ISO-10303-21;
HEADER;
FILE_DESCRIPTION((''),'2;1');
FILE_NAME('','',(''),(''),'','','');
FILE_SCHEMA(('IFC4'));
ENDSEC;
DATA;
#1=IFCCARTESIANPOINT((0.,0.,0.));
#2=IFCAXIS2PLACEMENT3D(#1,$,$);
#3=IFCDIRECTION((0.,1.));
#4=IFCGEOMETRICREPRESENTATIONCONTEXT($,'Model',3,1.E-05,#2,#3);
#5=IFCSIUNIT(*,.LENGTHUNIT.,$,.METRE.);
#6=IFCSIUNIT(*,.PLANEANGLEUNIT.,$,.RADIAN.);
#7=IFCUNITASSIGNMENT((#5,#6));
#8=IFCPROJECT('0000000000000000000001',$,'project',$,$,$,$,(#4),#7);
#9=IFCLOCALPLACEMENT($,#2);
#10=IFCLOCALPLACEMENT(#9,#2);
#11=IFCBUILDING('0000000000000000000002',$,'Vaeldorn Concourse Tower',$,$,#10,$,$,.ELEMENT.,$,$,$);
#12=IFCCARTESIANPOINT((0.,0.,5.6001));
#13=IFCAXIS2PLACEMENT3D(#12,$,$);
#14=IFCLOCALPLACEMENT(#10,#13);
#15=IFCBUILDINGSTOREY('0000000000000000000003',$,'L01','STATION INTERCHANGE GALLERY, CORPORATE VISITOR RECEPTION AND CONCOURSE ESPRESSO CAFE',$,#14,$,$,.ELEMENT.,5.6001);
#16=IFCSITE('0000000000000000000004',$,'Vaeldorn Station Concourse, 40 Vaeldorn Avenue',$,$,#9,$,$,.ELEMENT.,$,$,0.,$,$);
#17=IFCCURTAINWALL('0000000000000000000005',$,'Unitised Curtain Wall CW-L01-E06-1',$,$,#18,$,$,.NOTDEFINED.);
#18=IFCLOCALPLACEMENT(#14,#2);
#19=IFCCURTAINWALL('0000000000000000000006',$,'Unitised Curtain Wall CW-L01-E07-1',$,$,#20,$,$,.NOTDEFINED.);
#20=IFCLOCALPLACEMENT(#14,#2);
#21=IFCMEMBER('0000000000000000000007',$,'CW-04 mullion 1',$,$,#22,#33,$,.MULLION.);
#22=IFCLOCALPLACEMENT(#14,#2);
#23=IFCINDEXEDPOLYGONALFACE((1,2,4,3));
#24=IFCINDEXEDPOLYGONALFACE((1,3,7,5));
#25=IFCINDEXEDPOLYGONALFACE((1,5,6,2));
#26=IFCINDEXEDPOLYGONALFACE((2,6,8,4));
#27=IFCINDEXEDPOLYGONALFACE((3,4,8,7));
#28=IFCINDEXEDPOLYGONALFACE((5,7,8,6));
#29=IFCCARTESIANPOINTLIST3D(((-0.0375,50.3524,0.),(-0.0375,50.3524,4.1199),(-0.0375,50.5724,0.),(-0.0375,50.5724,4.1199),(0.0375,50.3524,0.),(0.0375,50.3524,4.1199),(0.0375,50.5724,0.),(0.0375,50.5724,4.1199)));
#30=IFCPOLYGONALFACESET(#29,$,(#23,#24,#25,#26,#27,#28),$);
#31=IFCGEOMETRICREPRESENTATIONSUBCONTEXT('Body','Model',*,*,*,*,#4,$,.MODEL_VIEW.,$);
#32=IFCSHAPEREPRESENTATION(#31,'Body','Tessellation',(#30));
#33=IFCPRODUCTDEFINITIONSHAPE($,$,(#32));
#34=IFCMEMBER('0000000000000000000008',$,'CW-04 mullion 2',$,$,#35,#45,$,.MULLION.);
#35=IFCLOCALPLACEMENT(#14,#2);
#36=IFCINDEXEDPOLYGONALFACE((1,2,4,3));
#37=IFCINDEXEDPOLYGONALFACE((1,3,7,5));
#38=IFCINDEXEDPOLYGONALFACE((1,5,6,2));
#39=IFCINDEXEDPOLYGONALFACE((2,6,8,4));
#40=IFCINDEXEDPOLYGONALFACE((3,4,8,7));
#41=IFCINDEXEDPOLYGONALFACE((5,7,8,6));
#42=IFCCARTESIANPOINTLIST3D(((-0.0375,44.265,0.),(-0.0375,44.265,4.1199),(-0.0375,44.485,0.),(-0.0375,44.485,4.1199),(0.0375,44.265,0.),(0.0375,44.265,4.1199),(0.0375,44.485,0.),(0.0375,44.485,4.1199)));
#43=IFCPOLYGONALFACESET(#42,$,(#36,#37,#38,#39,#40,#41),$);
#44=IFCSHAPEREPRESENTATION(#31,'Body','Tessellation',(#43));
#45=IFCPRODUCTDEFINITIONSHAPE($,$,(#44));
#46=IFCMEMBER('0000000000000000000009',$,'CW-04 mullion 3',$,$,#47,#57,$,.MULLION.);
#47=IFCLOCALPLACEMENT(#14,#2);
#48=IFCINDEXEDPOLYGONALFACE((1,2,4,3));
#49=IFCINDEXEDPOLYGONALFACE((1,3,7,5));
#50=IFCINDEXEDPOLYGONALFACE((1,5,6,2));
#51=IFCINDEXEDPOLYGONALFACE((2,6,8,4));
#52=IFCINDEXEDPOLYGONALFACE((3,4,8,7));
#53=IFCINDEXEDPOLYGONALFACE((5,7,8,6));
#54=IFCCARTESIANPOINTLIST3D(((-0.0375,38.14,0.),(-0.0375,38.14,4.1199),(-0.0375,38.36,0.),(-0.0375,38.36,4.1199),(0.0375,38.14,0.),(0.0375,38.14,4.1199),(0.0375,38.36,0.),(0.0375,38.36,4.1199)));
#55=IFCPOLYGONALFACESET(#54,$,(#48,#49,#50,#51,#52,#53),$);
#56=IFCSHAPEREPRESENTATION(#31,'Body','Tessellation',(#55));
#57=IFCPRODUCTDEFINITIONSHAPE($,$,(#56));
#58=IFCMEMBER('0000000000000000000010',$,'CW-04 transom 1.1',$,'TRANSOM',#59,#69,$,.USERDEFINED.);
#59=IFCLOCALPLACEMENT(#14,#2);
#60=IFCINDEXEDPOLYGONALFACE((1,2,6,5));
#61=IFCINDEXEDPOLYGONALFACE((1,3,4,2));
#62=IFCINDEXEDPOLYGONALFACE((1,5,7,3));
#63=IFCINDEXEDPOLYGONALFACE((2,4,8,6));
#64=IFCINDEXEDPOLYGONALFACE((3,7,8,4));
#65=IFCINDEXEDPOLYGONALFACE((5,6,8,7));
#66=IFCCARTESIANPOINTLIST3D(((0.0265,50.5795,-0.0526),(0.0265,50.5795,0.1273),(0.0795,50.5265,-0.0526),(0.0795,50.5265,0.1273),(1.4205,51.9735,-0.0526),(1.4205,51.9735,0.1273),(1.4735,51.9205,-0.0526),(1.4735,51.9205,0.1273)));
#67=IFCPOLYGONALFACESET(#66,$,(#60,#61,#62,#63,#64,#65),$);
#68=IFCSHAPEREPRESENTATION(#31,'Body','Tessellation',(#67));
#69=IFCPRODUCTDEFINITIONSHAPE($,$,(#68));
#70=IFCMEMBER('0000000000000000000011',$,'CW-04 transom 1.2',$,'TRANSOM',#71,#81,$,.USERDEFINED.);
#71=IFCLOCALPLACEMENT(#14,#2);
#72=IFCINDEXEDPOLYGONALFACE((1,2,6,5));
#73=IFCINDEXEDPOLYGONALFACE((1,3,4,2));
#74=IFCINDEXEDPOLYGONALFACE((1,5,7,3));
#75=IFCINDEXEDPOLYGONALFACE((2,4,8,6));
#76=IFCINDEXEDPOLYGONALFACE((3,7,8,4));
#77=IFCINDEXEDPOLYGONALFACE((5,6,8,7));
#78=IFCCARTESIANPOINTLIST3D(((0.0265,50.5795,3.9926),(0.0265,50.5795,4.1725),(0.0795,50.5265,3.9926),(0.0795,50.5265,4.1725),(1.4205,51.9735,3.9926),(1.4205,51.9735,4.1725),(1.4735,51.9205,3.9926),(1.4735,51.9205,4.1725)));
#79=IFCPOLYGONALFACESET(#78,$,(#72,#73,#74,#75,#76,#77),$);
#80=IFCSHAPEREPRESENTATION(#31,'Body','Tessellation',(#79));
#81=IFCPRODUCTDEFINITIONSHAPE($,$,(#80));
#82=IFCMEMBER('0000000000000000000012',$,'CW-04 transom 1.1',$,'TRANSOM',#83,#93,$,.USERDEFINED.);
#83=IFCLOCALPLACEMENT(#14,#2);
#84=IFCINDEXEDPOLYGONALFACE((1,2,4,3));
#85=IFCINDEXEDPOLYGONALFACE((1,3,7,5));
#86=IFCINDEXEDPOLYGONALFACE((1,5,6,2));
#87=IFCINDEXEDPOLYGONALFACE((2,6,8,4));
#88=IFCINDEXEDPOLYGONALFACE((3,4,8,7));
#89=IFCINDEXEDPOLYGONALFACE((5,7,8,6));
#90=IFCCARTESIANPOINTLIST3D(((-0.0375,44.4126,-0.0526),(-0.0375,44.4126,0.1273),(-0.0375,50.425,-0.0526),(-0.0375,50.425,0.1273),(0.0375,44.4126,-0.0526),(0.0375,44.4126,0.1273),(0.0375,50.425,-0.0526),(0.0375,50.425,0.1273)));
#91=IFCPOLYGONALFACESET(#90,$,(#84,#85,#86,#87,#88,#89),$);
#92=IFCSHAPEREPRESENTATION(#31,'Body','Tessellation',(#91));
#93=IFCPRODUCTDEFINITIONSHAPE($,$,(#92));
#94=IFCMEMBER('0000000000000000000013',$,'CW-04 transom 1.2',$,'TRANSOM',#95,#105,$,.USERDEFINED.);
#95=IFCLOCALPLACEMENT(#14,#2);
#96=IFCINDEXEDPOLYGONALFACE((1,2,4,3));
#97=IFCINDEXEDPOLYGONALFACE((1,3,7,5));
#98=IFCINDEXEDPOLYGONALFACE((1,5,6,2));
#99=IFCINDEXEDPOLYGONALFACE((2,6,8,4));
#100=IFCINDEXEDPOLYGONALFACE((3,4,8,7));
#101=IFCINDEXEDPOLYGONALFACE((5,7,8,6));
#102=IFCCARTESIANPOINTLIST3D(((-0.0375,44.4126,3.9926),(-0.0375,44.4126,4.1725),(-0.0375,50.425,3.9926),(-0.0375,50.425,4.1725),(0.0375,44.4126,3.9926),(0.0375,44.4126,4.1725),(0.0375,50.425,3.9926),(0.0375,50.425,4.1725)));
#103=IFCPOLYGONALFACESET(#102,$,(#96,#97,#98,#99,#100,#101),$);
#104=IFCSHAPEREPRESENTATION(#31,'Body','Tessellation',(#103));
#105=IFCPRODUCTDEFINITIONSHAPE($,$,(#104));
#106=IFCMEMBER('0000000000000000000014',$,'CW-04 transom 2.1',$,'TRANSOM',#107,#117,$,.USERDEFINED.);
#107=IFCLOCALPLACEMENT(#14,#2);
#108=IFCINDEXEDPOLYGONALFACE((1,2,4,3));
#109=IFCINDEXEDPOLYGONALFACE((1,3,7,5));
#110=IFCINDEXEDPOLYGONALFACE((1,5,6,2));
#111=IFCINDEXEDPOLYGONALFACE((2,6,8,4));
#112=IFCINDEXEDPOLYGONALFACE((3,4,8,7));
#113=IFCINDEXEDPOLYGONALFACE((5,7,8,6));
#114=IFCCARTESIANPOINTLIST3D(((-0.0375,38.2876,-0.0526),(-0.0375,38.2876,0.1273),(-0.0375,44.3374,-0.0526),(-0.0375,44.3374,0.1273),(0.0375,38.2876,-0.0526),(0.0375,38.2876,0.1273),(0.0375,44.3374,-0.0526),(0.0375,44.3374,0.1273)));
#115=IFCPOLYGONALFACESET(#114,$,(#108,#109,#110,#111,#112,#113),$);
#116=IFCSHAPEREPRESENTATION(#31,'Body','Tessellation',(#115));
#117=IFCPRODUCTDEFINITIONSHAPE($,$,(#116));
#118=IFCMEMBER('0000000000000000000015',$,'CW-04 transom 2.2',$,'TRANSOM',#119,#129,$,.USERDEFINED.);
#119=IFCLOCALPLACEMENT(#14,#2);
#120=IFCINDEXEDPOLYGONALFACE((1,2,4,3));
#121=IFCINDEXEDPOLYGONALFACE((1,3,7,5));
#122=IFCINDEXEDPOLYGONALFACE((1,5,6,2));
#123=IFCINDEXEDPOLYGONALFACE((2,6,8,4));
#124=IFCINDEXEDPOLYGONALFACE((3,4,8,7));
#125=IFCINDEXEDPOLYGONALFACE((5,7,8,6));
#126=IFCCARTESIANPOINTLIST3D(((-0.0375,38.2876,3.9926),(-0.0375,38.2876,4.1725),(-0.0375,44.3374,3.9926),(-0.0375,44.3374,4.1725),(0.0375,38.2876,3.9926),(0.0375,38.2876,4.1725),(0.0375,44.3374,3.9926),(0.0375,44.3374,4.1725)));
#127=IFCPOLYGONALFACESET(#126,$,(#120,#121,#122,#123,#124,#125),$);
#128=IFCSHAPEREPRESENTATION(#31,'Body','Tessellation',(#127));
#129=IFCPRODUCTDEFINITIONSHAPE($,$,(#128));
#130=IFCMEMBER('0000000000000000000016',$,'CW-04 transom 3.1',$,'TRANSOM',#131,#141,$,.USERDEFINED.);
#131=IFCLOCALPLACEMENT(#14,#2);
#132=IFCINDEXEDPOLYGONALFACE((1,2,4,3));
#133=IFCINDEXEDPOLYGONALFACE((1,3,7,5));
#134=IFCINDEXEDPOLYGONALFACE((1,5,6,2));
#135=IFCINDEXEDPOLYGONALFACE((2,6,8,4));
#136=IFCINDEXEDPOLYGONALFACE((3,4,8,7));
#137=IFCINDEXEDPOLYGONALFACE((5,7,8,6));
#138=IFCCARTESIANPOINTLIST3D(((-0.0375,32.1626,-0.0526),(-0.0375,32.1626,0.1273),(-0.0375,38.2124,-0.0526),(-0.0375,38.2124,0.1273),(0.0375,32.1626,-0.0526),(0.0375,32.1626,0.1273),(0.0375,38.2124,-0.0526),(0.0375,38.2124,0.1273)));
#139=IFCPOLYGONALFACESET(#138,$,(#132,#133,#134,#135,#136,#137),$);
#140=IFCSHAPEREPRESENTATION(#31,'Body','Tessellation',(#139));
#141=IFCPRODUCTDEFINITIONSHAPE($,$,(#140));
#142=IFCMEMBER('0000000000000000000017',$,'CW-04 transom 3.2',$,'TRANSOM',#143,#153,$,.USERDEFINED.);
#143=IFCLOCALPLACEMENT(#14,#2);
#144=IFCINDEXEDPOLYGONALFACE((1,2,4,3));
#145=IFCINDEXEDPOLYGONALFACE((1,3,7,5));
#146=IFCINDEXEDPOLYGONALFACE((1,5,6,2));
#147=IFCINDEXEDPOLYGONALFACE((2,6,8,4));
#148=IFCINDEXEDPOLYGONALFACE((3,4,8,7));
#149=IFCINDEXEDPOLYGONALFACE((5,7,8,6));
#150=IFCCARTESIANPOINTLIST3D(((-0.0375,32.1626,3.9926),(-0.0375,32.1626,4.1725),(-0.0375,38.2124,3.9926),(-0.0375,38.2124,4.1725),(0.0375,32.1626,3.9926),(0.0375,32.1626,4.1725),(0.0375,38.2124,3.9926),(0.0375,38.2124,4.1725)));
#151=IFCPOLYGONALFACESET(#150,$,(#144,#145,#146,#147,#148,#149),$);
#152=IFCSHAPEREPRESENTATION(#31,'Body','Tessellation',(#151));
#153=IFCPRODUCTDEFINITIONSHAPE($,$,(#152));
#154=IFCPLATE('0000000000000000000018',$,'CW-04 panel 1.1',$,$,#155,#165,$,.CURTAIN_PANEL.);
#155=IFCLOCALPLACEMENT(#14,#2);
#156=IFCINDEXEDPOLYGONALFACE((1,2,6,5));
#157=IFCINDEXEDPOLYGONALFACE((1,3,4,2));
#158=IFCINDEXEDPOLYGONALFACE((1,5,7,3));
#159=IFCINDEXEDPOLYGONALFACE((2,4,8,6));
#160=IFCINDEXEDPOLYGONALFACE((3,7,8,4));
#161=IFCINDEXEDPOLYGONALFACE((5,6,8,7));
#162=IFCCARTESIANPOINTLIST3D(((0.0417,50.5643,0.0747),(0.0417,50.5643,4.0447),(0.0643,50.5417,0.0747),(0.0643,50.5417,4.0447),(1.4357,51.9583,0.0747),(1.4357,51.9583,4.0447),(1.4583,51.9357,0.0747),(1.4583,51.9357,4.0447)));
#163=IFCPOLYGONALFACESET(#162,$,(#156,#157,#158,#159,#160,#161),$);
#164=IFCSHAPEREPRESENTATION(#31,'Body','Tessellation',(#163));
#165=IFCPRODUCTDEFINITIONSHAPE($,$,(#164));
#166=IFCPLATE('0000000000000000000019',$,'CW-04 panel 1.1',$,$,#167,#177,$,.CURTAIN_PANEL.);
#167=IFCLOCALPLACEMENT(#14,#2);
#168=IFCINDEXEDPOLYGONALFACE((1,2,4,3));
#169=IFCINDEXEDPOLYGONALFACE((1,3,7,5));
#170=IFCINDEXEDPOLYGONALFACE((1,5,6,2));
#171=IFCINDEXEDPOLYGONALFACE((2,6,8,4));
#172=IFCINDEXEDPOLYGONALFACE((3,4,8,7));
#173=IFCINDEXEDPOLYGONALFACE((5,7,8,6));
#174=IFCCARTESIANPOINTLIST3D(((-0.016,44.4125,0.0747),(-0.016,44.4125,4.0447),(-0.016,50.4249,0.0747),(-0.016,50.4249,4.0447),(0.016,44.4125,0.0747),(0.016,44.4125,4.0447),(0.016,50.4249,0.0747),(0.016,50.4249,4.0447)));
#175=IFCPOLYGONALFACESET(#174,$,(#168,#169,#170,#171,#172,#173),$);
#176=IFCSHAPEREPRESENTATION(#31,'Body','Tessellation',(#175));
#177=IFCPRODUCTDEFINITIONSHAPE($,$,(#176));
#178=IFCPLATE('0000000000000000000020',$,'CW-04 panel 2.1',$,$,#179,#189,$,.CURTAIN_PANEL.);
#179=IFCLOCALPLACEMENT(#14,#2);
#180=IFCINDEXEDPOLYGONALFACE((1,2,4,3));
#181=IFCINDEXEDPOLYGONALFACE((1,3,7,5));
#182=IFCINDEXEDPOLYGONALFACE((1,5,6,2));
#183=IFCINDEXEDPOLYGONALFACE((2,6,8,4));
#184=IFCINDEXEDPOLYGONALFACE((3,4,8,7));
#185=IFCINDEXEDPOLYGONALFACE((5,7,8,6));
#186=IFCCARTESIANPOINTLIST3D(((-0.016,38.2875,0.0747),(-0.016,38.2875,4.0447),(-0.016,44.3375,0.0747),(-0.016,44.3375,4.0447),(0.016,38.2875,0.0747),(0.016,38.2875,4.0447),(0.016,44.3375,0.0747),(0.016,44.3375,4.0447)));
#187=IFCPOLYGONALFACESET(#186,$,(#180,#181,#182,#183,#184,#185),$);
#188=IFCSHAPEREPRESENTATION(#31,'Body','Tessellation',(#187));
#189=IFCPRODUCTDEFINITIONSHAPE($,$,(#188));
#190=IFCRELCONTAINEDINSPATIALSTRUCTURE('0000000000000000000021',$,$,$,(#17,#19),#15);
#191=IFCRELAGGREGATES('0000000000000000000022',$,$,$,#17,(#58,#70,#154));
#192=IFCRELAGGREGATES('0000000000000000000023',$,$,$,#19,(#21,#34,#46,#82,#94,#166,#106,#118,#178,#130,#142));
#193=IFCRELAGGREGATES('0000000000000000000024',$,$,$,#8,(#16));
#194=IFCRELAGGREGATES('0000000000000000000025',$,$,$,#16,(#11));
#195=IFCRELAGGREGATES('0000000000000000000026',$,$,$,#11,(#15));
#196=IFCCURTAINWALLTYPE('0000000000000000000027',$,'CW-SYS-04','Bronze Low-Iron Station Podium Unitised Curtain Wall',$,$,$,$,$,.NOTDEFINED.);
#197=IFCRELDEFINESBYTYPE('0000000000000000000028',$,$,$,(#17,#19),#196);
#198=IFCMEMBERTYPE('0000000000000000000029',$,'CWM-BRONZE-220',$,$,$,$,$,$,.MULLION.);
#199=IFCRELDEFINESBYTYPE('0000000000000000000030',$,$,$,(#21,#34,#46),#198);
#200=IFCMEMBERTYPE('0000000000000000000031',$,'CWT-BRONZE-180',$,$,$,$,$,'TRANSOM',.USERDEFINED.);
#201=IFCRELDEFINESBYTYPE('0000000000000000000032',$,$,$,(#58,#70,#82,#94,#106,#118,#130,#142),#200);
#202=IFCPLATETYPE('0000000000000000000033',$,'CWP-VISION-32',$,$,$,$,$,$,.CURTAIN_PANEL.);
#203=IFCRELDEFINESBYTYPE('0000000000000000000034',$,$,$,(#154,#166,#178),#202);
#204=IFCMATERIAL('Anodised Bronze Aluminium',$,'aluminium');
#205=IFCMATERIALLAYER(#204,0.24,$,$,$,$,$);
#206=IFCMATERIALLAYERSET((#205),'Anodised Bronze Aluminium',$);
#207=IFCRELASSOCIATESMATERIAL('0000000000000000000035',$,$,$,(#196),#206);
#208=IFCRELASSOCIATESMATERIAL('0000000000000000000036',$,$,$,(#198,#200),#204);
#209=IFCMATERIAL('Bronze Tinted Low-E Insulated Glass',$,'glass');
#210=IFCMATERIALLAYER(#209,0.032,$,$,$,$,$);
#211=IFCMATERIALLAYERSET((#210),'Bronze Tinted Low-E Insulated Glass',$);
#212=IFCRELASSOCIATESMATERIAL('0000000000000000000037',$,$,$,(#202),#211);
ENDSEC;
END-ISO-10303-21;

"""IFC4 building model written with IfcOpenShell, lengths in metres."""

from ifc_helpers import new_model, si_unit, direction, frame, origin, origin_2d, place, context, subcontext, project, spatial, rectangle, extrude, source, transform, mapped, material, layer, layer_set, material_profile, profile_set, type_object, element, aggregate, save


model = new_model("IFC4")

# Units and contexts
model_context = context("Model", 3, precision=1e-05, world=origin(), true_north=direction((0.0, 1.0)))
body_context = subcontext(model_context, "Body", "Model", "MODEL_VIEW")
ifc_project = project(units=[si_unit("LENGTHUNIT", "METRE"), si_unit("PLANEANGLEUNIT", "RADIAN")], contexts=[model_context])

# Site, building, storey
site_placement = place(None, origin())
site = spatial("IfcSite", under=ifc_project, at=site_placement, Name="Vaeldorn Station Concourse, 40 Vaeldorn Avenue", CompositionType="ELEMENT", RefElevation=0.0)
building_placement = place(site_placement, origin())
building = spatial("IfcBuilding", under=site, at=building_placement, Name="Vaeldorn Concourse Tower", CompositionType="ELEMENT")
storey_placement = place(building_placement, frame((0.0, 0.0, 5.6001)))
storey = spatial("IfcBuildingStorey", under=building, at=storey_placement, Name="L01", Description="STATION INTERCHANGE GALLERY, CORPORATE VISITOR RECEPTION AND CONCOURSE ESPRESSO CAFE", CompositionType="ELEMENT", Elevation=5.6001)

# Shared definitions
ifc_material_1 = material(Name="Anodised Bronze Aluminium", Category="aluminium")
ifc_layer_1 = layer(ifc_material_1, 0.24)
ifc_layer_set_1 = layer_set([ifc_layer_1], Name="Anodised Bronze Aluminium")
curtain_wall_type = type_object("IfcCurtainWallType", Name="CW-SYS-04", Description="Bronze Low-Iron Station Podium Unitised Curtain Wall", PredefinedType="NOTDEFINED", material=ifc_layer_set_1)
ifc_material_profile_1 = material_profile(ifc_material_1, rectangle(XDim=0.075, YDim=0.22, at=origin_2d()), Name="CWM 75x220")
ifc_profile_set_1 = profile_set([ifc_material_profile_1], Name="Anodised Bronze Aluminium")
member_type_1 = type_object("IfcMemberType", Name="CWM-BRONZE-220", PredefinedType="MULLION", material=ifc_profile_set_1)
shared_shape_1 = source(origin(), body_context, "Body", "SweptSolid", [
    extrude(rectangle(XDim=0.075, YDim=0.22, at=origin_2d()), origin(), (0.0, 0.0, 1.0), 4.1199),
])

# Curtain walls, members
curtain_wall_1_placement = place(storey_placement, origin())
curtain_wall_1 = element("IfcCurtainWall", 1, at=curtain_wall_1_placement, inside=storey, type_object=curtain_wall_type, Name="Unitised Curtain Wall CW-L01-E06-1", PredefinedType="NOTDEFINED")
curtain_wall_2_placement = place(storey_placement, origin())
curtain_wall_2 = element("IfcCurtainWall", 2, at=curtain_wall_2_placement, inside=storey, type_object=curtain_wall_type, Name="Unitised Curtain Wall CW-L01-E07-1", PredefinedType="NOTDEFINED")
member_1_placement = place(storey_placement, frame((0.0, 50.4624, 0.0), z_axis=(0.0, 0.0, 1.0), x_axis=(1.0, 0.0, 0.0)))
member_1 = element("IfcMember", 3, at=member_1_placement, type_object=member_type_1, Name="CW-04 mullion 1", PredefinedType="MULLION", context=body_context, shape_type="MappedRepresentation", body=[
    mapped(shared_shape_1, transform((0.0, 0.0, 0.0), scale=1.0)),
])
member_2_placement = place(storey_placement, frame((0.0, 44.375, 0.0), z_axis=(0.0, 0.0, 1.0), x_axis=(1.0, 0.0, 0.0)))
member_2 = element("IfcMember", 4, at=member_2_placement, type_object=member_type_1, Name="CW-04 mullion 2", PredefinedType="MULLION", context=body_context, shape_type="MappedRepresentation", body=[
    mapped(shared_shape_1, transform((0.0, 0.0, 0.0), scale=1.0)),
])
member_3_placement = place(storey_placement, frame((0.0, 38.25, 0.0), z_axis=(0.0, 0.0, 1.0), x_axis=(1.0, 0.0, 0.0)))
member_3 = element("IfcMember", 5, at=member_3_placement, type_object=member_type_1, Name="CW-04 mullion 3", PredefinedType="MULLION", context=body_context, shape_type="MappedRepresentation", body=[
    mapped(shared_shape_1, transform((0.0, 0.0, 0.0), scale=1.0)),
])

# Members
ifc_material_profile_2 = material_profile(ifc_material_1, rectangle(XDim=0.075, YDim=0.1799, at=origin_2d()), Name="CWT 75x180")
ifc_profile_set_2 = profile_set([ifc_material_profile_2], Name="Anodised Bronze Aluminium")
member_type_2 = type_object("IfcMemberType", Name="CWT-BRONZE-180", ElementType="TRANSOM", PredefinedType="USERDEFINED", material=ifc_profile_set_2)
shared_shape_2 = source(origin(), body_context, "Body", "SweptSolid", [
    extrude(rectangle(XDim=0.075, YDim=0.1799, at=origin_2d()), origin(), (0.0, 0.0, 1.0), 1.9714),
])
member_4_placement = place(storey_placement, frame((1.447, 51.947, 0.0374), z_axis=(-0.707107, -0.707107, 0.0), x_axis=(0.707107, -0.707107, 0.0)))
member_4 = element("IfcMember", 6, at=member_4_placement, type_object=member_type_2, Name="CW-04 transom 1.1", ObjectType="TRANSOM", PredefinedType="USERDEFINED", context=body_context, shape_type="MappedRepresentation", body=[
    mapped(shared_shape_2, transform((0.0, 0.0, 0.0), scale=1.0)),
])
member_5_placement = place(storey_placement, frame((1.447, 51.947, 4.0825), z_axis=(-0.707107, -0.707107, 0.0), x_axis=(0.707107, -0.707107, 0.0)))
member_5 = element("IfcMember", 7, at=member_5_placement, type_object=member_type_2, Name="CW-04 transom 1.2", ObjectType="TRANSOM", PredefinedType="USERDEFINED", context=body_context, shape_type="MappedRepresentation", body=[
    mapped(shared_shape_2, transform((0.0, 0.0, 0.0), scale=1.0)),
])
shared_shape_3 = source(origin(), body_context, "Body", "SweptSolid", [
    extrude(rectangle(XDim=0.075, YDim=0.1799, at=origin_2d()), origin(), (0.0, 0.0, 1.0), 6.0125),
])
member_6_placement = place(storey_placement, frame((0.0, 50.425, 0.0374), z_axis=(0.0, -1.0, 0.0), x_axis=(1.0, 0.0, 0.0)))
member_6 = element("IfcMember", 8, at=member_6_placement, type_object=member_type_2, Name="CW-04 transom 1.1", ObjectType="TRANSOM", PredefinedType="USERDEFINED", context=body_context, shape_type="MappedRepresentation", body=[
    mapped(shared_shape_3, transform((0.0, 0.0, 0.0), scale=1.0)),
])
member_7_placement = place(storey_placement, frame((0.0, 50.425, 4.0825), z_axis=(0.0, -1.0, 0.0), x_axis=(1.0, 0.0, 0.0)))
member_7 = element("IfcMember", 9, at=member_7_placement, type_object=member_type_2, Name="CW-04 transom 1.2", ObjectType="TRANSOM", PredefinedType="USERDEFINED", context=body_context, shape_type="MappedRepresentation", body=[
    mapped(shared_shape_3, transform((0.0, 0.0, 0.0), scale=1.0)),
])
shared_shape_4 = source(origin(), body_context, "Body", "SweptSolid", [
    extrude(rectangle(XDim=0.075, YDim=0.1799, at=origin_2d()), origin(), (0.0, 0.0, 1.0), 6.0498),
])
member_8_placement = place(storey_placement, frame((0.0, 44.3374, 0.0374), z_axis=(0.0, -1.0, 0.0), x_axis=(1.0, 0.0, 0.0)))
member_8 = element("IfcMember", 10, at=member_8_placement, type_object=member_type_2, Name="CW-04 transom 2.1", ObjectType="TRANSOM", PredefinedType="USERDEFINED", context=body_context, shape_type="MappedRepresentation", body=[
    mapped(shared_shape_4, transform((0.0, 0.0, 0.0), scale=1.0)),
])
member_9_placement = place(storey_placement, frame((0.0, 44.3374, 4.0825), z_axis=(0.0, -1.0, 0.0), x_axis=(1.0, 0.0, 0.0)))
member_9 = element("IfcMember", 11, at=member_9_placement, type_object=member_type_2, Name="CW-04 transom 2.2", ObjectType="TRANSOM", PredefinedType="USERDEFINED", context=body_context, shape_type="MappedRepresentation", body=[
    mapped(shared_shape_4, transform((0.0, 0.0, 0.0), scale=1.0)),
])
member_10_placement = place(storey_placement, frame((0.0, 38.2124, 0.0374), z_axis=(0.0, -1.0, 0.0), x_axis=(1.0, 0.0, 0.0)))
member_10 = element("IfcMember", 12, at=member_10_placement, type_object=member_type_2, Name="CW-04 transom 3.1", ObjectType="TRANSOM", PredefinedType="USERDEFINED", context=body_context, shape_type="MappedRepresentation", body=[
    mapped(shared_shape_4, transform((0.0, 0.0, 0.0), scale=1.0)),
])
member_11_placement = place(storey_placement, frame((0.0, 38.2124, 4.0825), z_axis=(0.0, -1.0, 0.0), x_axis=(1.0, 0.0, 0.0)))
member_11 = element("IfcMember", 13, at=member_11_placement, type_object=member_type_2, Name="CW-04 transom 3.2", ObjectType="TRANSOM", PredefinedType="USERDEFINED", context=body_context, shape_type="MappedRepresentation", body=[
    mapped(shared_shape_4, transform((0.0, 0.0, 0.0), scale=1.0)),
])

# Plates
ifc_material_2 = material(Name="Bronze Tinted Low-E Insulated Glass", Category="glass")
ifc_layer_2 = layer(ifc_material_2, 0.032)
ifc_layer_set_2 = layer_set([ifc_layer_2], Name="Bronze Tinted Low-E Insulated Glass")
plate_type = type_object("IfcPlateType", Name="CWP-VISION-32", PredefinedType="CURTAIN_PANEL", material=ifc_layer_set_2)
shared_shape_5 = source(origin(), body_context, "Body", "SweptSolid", [
    extrude(rectangle(XDim=1.9714, YDim=0.032, at=origin_2d()), origin(), (0.0, 0.0, 1.0), 3.97),
])
plate_1_placement = place(storey_placement, frame((0.75, 51.25, 0.0747), z_axis=(0.0, 0.0, 1.0), x_axis=(-0.707107, -0.707107, 0.0)))
plate_1 = element("IfcPlate", 14, at=plate_1_placement, type_object=plate_type, Name="CW-04 panel 1.1", PredefinedType="CURTAIN_PANEL", context=body_context, shape_type="MappedRepresentation", body=[
    mapped(shared_shape_5, transform((0.0, 0.0, 0.0), scale=1.0)),
])
aggregate(curtain_wall_1, [member_4, member_5, plate_1])
shared_shape_6 = source(origin(), body_context, "Body", "SweptSolid", [
    extrude(rectangle(XDim=6.0125, YDim=0.032, at=origin_2d()), origin(), (0.0, 0.0, 1.0), 3.97),
])
plate_2_placement = place(storey_placement, frame((0.0, 47.4187, 0.0747), z_axis=(0.0, 0.0, 1.0), x_axis=(0.0, -1.0, 0.0)))
plate_2 = element("IfcPlate", 15, at=plate_2_placement, type_object=plate_type, Name="CW-04 panel 1.1", PredefinedType="CURTAIN_PANEL", context=body_context, shape_type="MappedRepresentation", body=[
    mapped(shared_shape_6, transform((0.0, 0.0, 0.0), scale=1.0)),
])
shared_shape_7 = source(origin(), body_context, "Body", "SweptSolid", [
    extrude(rectangle(XDim=6.05, YDim=0.032, at=origin_2d()), origin(), (0.0, 0.0, 1.0), 3.97),
])
plate_3_placement = place(storey_placement, frame((0.0, 41.3125, 0.0747), z_axis=(0.0, 0.0, 1.0), x_axis=(0.0, -1.0, 0.0)))
plate_3 = element("IfcPlate", 16, at=plate_3_placement, type_object=plate_type, Name="CW-04 panel 2.1", PredefinedType="CURTAIN_PANEL", context=body_context, shape_type="MappedRepresentation", body=[
    mapped(shared_shape_7, transform((0.0, 0.0, 0.0), scale=1.0)),
])
aggregate(curtain_wall_2, [member_1, member_2, member_3, member_6, member_7, plate_2, member_8, member_9, plate_3, member_10, member_11])

save(model, "model.ifc")
